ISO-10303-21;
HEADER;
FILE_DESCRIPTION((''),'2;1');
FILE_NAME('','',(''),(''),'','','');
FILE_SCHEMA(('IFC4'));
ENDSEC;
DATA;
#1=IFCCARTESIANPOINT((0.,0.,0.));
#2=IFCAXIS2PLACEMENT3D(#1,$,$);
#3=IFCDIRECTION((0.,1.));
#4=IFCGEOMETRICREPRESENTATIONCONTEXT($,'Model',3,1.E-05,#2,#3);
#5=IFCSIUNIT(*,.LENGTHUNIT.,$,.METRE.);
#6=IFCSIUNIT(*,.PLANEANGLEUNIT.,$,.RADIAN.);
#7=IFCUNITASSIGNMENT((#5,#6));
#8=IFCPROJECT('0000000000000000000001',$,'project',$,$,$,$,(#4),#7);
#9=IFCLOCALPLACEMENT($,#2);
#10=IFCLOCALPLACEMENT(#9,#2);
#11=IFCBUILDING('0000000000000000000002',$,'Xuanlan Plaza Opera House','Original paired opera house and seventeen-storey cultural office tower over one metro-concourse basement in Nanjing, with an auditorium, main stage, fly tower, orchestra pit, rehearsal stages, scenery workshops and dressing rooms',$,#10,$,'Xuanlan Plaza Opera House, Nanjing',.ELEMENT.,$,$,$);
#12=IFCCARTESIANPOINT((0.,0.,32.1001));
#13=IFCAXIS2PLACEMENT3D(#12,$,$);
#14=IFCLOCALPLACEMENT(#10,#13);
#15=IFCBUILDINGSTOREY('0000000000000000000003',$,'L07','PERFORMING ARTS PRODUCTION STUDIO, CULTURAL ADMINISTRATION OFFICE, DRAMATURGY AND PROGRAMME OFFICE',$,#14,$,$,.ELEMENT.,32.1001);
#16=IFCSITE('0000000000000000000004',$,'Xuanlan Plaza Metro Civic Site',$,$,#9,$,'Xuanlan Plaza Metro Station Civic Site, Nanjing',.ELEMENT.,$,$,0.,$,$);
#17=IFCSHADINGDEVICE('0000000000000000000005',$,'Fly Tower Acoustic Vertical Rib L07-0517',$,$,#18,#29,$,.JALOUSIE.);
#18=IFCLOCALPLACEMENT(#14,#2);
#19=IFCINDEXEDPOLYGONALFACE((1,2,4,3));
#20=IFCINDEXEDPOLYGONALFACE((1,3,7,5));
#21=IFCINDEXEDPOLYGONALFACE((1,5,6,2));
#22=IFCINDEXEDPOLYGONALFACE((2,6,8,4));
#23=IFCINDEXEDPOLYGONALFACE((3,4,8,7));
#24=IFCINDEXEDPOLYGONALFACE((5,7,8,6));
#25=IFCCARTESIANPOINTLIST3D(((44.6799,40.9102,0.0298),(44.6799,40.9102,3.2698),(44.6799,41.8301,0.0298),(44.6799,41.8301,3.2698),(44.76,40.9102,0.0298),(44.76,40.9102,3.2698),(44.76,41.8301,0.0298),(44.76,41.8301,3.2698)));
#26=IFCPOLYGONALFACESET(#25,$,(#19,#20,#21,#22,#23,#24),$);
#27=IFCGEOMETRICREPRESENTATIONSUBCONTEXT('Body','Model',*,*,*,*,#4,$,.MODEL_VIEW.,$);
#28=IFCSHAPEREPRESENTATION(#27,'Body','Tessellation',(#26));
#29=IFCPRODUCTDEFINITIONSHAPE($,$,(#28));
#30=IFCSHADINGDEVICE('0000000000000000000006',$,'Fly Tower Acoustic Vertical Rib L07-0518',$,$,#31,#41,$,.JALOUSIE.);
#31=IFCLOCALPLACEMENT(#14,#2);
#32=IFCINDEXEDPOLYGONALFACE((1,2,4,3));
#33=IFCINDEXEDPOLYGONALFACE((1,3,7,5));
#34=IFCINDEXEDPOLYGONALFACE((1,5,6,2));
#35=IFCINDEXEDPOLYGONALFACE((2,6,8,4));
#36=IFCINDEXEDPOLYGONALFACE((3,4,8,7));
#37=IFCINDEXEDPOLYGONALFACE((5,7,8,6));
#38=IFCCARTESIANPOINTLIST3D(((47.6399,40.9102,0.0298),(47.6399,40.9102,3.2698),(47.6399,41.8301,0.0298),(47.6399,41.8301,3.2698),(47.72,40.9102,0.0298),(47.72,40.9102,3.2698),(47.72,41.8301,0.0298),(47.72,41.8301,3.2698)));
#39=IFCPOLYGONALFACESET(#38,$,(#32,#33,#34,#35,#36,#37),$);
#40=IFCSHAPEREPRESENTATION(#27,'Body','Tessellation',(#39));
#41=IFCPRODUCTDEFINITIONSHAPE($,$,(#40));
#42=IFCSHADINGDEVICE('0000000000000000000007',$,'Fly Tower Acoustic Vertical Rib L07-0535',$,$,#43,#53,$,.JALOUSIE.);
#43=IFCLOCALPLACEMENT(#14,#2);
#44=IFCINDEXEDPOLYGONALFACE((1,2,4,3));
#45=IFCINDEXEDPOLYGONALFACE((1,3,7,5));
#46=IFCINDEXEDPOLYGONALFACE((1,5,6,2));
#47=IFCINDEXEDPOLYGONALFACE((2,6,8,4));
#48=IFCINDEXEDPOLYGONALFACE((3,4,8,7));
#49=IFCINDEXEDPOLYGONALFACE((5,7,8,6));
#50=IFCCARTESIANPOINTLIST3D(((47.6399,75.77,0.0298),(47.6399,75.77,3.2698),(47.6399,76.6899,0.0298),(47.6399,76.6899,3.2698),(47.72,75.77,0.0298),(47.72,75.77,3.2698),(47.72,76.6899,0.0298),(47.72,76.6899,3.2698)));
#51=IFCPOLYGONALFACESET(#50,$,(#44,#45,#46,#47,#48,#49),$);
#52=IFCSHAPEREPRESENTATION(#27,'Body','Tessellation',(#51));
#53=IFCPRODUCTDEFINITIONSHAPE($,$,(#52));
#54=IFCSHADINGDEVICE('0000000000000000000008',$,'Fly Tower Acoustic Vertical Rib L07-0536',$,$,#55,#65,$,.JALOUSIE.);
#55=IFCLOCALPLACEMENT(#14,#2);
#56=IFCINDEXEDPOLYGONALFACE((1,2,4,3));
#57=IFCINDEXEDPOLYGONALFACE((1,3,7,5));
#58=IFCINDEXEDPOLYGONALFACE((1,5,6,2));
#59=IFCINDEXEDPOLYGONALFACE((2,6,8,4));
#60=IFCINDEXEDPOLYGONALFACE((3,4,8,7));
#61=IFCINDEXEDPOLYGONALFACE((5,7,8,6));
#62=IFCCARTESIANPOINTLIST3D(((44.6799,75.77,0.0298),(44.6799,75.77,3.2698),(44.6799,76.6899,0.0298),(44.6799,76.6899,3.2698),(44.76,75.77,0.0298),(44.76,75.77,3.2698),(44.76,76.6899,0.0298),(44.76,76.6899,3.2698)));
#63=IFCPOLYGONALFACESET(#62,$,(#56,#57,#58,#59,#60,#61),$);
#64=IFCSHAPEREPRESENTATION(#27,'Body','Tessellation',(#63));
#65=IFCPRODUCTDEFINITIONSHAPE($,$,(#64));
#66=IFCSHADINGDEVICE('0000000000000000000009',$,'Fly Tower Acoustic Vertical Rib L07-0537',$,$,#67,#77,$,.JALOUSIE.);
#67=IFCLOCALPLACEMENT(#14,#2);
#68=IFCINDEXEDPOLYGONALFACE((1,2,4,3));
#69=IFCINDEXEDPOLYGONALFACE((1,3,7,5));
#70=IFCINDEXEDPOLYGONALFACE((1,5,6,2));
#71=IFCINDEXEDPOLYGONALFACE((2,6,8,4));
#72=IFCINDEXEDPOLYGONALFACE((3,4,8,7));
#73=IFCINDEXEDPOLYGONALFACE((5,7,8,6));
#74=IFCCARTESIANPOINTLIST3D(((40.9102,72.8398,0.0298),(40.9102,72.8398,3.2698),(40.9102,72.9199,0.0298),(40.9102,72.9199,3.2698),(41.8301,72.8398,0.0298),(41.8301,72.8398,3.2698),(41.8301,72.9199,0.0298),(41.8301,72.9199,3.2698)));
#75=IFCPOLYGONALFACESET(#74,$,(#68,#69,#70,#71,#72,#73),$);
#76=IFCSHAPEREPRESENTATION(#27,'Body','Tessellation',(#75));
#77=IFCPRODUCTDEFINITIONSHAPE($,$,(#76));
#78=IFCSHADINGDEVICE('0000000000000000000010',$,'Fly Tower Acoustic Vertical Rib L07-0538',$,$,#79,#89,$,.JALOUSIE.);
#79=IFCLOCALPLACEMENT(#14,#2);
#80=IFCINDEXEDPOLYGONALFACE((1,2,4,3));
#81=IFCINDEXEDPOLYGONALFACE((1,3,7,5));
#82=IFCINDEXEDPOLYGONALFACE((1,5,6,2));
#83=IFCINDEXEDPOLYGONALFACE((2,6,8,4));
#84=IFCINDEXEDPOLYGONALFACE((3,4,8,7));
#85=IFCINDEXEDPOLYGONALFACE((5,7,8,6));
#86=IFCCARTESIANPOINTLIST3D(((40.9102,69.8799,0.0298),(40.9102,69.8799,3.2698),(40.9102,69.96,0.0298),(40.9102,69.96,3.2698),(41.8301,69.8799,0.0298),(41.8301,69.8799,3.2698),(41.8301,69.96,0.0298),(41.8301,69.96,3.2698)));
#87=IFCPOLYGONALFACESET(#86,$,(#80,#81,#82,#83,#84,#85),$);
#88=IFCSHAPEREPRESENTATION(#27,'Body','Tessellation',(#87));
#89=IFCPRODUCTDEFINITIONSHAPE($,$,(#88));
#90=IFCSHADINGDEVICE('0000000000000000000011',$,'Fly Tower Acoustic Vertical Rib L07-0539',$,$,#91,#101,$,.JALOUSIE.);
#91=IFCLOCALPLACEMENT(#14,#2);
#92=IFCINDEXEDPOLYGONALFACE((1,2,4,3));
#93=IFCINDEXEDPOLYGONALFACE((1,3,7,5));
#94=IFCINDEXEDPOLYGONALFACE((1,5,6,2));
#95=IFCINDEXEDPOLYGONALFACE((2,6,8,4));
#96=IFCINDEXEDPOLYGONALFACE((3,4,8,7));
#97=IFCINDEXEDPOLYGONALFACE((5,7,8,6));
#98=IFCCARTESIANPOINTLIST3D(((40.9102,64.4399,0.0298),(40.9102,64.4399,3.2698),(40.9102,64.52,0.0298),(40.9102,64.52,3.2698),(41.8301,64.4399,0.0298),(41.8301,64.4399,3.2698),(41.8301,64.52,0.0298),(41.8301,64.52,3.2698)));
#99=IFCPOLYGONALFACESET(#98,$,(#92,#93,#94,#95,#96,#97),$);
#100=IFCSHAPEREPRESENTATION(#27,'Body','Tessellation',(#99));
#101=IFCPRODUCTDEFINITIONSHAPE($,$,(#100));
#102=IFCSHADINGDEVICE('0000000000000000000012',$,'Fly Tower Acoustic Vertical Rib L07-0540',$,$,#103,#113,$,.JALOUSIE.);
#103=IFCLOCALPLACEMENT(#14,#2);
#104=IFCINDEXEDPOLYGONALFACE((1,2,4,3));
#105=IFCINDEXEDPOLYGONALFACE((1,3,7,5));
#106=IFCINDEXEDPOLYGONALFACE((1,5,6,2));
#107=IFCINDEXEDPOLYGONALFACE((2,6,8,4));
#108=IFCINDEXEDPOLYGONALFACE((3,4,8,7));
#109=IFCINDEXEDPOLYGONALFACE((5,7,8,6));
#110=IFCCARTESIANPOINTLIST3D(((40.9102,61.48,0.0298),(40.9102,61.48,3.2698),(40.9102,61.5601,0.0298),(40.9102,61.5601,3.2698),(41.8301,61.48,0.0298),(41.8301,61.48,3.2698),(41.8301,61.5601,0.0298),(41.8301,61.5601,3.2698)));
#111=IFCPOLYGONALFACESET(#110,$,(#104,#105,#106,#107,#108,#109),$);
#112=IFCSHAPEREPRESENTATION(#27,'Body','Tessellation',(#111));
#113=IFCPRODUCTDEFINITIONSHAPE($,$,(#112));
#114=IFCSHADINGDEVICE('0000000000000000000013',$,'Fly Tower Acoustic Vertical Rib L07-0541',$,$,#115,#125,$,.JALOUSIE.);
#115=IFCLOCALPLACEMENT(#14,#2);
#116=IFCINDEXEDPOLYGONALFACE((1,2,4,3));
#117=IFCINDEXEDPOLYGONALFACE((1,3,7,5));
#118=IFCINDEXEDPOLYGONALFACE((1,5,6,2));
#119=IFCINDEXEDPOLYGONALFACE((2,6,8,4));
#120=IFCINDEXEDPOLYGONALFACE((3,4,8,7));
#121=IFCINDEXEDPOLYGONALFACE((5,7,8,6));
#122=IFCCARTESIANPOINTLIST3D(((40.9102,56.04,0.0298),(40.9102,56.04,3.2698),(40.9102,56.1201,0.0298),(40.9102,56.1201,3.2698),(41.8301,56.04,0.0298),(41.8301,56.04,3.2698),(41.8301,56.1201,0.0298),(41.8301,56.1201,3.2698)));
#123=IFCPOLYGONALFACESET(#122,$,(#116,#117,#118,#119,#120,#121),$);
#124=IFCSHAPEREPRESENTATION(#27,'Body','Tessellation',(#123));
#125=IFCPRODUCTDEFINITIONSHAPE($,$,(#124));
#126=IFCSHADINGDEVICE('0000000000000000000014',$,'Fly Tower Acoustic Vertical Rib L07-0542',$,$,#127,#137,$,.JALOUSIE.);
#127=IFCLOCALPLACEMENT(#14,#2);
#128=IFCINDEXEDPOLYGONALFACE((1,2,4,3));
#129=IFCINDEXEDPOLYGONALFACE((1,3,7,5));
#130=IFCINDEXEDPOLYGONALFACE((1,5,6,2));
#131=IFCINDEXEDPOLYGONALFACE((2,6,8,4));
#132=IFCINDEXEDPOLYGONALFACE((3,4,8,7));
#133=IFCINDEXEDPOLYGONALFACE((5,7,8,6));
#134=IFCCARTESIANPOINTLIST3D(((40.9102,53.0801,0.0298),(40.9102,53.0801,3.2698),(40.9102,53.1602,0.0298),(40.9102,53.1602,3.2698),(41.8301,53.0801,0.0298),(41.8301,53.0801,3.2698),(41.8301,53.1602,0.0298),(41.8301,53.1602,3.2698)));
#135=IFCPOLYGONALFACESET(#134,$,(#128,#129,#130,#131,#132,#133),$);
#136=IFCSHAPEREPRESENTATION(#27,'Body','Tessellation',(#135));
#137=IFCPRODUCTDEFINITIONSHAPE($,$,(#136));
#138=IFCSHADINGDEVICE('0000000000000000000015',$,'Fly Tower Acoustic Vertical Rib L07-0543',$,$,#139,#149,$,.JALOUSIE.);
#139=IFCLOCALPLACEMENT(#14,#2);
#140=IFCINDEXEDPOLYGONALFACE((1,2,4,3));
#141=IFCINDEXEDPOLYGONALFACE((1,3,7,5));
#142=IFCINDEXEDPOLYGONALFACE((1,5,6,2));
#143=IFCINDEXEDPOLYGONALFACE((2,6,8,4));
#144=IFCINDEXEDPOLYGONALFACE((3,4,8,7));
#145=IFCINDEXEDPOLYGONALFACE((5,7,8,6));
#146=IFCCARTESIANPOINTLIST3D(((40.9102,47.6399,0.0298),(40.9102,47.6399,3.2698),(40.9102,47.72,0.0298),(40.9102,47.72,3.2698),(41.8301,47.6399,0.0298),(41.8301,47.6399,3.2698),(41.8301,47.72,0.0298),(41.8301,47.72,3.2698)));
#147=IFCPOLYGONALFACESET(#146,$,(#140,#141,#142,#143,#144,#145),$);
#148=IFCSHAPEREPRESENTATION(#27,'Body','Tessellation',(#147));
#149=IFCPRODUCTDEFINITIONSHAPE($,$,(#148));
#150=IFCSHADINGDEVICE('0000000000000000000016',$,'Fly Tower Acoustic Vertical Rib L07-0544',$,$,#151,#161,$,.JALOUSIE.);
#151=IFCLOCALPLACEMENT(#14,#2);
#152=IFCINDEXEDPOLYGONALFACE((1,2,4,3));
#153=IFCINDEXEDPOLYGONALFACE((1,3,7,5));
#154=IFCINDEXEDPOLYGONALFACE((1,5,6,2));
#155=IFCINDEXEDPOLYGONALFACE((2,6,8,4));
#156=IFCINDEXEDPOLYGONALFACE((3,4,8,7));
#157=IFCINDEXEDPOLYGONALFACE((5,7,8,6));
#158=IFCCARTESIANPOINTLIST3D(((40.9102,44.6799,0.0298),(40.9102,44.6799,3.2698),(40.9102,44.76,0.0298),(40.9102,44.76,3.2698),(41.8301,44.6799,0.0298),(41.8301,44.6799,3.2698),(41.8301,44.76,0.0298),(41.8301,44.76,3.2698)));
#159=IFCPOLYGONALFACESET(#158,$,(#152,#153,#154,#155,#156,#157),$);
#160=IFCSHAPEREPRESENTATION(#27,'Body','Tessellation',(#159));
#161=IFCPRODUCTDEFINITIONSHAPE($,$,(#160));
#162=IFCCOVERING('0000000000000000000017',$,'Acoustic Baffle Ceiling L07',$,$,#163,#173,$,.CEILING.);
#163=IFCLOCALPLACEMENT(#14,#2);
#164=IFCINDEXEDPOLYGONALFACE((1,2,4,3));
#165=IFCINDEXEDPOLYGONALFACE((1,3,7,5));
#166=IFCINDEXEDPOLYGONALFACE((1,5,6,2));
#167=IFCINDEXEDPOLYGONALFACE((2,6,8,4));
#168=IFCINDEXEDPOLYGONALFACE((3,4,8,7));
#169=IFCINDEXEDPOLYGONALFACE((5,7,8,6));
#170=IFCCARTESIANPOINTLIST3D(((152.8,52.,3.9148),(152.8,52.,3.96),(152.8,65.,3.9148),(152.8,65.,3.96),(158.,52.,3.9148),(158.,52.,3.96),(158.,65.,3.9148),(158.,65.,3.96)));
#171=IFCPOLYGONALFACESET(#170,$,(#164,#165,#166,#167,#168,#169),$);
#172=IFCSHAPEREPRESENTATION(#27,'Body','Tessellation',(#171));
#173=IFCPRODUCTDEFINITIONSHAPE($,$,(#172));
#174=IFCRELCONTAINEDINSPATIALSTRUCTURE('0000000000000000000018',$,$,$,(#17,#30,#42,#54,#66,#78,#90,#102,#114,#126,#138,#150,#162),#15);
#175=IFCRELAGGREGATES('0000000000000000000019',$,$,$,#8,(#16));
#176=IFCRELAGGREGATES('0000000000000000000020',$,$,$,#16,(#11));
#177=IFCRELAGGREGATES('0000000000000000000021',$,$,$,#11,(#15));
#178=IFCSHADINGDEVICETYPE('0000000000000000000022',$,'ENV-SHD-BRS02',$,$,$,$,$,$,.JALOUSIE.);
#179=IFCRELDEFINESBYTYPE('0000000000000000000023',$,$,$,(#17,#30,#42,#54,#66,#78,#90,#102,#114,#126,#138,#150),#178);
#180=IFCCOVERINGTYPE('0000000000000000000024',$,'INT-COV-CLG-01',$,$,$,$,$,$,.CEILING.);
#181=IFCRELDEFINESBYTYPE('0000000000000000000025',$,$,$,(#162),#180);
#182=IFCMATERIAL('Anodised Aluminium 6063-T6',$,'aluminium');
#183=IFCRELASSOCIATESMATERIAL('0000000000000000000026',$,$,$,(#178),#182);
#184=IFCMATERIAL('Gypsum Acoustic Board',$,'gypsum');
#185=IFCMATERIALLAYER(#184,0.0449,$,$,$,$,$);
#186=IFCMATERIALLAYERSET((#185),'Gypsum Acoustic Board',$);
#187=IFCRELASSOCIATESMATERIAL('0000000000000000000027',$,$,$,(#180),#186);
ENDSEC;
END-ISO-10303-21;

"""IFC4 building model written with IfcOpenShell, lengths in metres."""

from ifc_helpers import new_model, si_unit, direction, frame, origin, origin_2d, place, context, subcontext, project, spatial, polyline, rectangle, outline, extrude, material, layer, layer_set, type_object, element, save


model = new_model("IFC4")

# Units and contexts
model_context = context("Model", 3, precision=1e-05, world=origin(), true_north=direction((0.0, 1.0)))
body_context = subcontext(model_context, "Body", "Model", "MODEL_VIEW")
ifc_project = project(units=[si_unit("LENGTHUNIT", "METRE"), si_unit("PLANEANGLEUNIT", "RADIAN")], contexts=[model_context])

# Site, building, storey
site_placement = place(None, origin())
site = spatial("IfcSite", under=ifc_project, at=site_placement, Name="Xuanlan Plaza Metro Civic Site", LongName="Xuanlan Plaza Metro Station Civic Site, Nanjing", CompositionType="ELEMENT", RefElevation=0.0)
building_placement = place(site_placement, origin())
building = spatial("IfcBuilding", under=site, at=building_placement, Name="Xuanlan Plaza Opera House", Description="Original paired opera house and seventeen-storey cultural office tower over one metro-concourse basement in Nanjing, with an auditorium, main stage, fly tower, orchestra pit, rehearsal stages, scenery workshops and dressing rooms", LongName="Xuanlan Plaza Opera House, Nanjing", CompositionType="ELEMENT")
storey_placement = place(building_placement, frame((0.0, 0.0, 32.1001)))
storey = spatial("IfcBuildingStorey", under=building, at=storey_placement, Name="L07", Description="PERFORMING ARTS PRODUCTION STUDIO, CULTURAL ADMINISTRATION OFFICE, DRAMATURGY AND PROGRAMME OFFICE", CompositionType="ELEMENT", Elevation=32.1001)

# Shading devices
ifc_material_1 = material(Name="Anodised Aluminium 6063-T6", Category="aluminium")
shading_device_type = type_object("IfcShadingDeviceType", Name="ENV-SHD-BRS02", PredefinedType="JALOUSIE", material=ifc_material_1)
for number, where, z_axis, x_axis, name in (
    (1, (44.72, 41.3701, 0.0298), (0.0, 0.0, 1.0), (0.0, -1.0, 0.0), "Fly Tower Acoustic Vertical Rib L07-0517"),
    (2, (47.6799, 41.3701, 0.0298), (0.0, 0.0, 1.0), (0.0, -1.0, 0.0), "Fly Tower Acoustic Vertical Rib L07-0518"),
    (3, (47.6799, 76.23, 0.0298), (0.0, 0.0, 1.0), (0.0, 1.0, 0.0), "Fly Tower Acoustic Vertical Rib L07-0535"),
    (4, (44.72, 76.23, 0.0298), (0.0, 0.0, 1.0), (0.0, 1.0, 0.0), "Fly Tower Acoustic Vertical Rib L07-0536"),
    (5, (41.3701, 72.8799, 0.0298), (0.0, 0.0, 1.0), (-1.0, 0.0, 0.0), "Fly Tower Acoustic Vertical Rib L07-0537"),
    (6, (41.3701, 69.9199, 0.0298), (0.0, 0.0, 1.0), (-1.0, 0.0, 0.0), "Fly Tower Acoustic Vertical Rib L07-0538"),
    (7, (41.3701, 64.48, 0.0298), (0.0, 0.0, 1.0), (-1.0, 0.0, 0.0), "Fly Tower Acoustic Vertical Rib L07-0539"),
    (8, (41.3701, 61.52, 0.0298), (0.0, 0.0, 1.0), (-1.0, 0.0, 0.0), "Fly Tower Acoustic Vertical Rib L07-0540"),
    (9, (41.3701, 56.0801, 0.0298), (0.0, 0.0, 1.0), (-1.0, 0.0, 0.0), "Fly Tower Acoustic Vertical Rib L07-0541"),
    (10, (41.3701, 53.1201, 0.0298), (0.0, 0.0, 1.0), (-1.0, 0.0, 0.0), "Fly Tower Acoustic Vertical Rib L07-0542"),
    (11, (41.3701, 47.6799, 0.0298), (0.0, 0.0, 1.0), (-1.0, 0.0, 0.0), "Fly Tower Acoustic Vertical Rib L07-0543"),
    (12, (41.3701, 44.72, 0.0298), (0.0, 0.0, 1.0), (-1.0, 0.0, 0.0), "Fly Tower Acoustic Vertical Rib L07-0544"),
):
    element("IfcShadingDevice", number, at=place(storey_placement, frame(where, z_axis=z_axis, x_axis=x_axis)), inside=storey, type_object=shading_device_type, Name=name, PredefinedType="JALOUSIE", context=body_context, shape_type="SweptSolid", body=[
        extrude(rectangle(XDim=0.9199, YDim=0.0801, at=origin_2d()), origin(), (0.0, 0.0, 1.0), 3.24),
    ])

# Covering
ifc_material_2 = material(Name="Gypsum Acoustic Board", Category="gypsum")
ifc_layer_1 = layer(ifc_material_2, 0.0449)
ifc_layer_set_1 = layer_set([ifc_layer_1], Name="Gypsum Acoustic Board")
covering_type = type_object("IfcCoveringType", Name="INT-COV-CLG-01", PredefinedType="CEILING", material=ifc_layer_set_1)
covering_placement = place(storey_placement, frame((0.0, 0.0, 3.9148)))
element("IfcCovering", 13, at=covering_placement, inside=storey, type_object=covering_type, Name="Acoustic Baffle Ceiling L07", PredefinedType="CEILING", context=body_context, shape_type="SweptSolid", body=[
    extrude(outline(polyline([(152.8, 52.0), (158.0, 52.0), (158.0, 65.0), (152.8, 65.0), (152.8, 52.0)])), origin(), (0.0, 0.0, 1.0), 0.0452),
])

save(model, "model.ifc")
